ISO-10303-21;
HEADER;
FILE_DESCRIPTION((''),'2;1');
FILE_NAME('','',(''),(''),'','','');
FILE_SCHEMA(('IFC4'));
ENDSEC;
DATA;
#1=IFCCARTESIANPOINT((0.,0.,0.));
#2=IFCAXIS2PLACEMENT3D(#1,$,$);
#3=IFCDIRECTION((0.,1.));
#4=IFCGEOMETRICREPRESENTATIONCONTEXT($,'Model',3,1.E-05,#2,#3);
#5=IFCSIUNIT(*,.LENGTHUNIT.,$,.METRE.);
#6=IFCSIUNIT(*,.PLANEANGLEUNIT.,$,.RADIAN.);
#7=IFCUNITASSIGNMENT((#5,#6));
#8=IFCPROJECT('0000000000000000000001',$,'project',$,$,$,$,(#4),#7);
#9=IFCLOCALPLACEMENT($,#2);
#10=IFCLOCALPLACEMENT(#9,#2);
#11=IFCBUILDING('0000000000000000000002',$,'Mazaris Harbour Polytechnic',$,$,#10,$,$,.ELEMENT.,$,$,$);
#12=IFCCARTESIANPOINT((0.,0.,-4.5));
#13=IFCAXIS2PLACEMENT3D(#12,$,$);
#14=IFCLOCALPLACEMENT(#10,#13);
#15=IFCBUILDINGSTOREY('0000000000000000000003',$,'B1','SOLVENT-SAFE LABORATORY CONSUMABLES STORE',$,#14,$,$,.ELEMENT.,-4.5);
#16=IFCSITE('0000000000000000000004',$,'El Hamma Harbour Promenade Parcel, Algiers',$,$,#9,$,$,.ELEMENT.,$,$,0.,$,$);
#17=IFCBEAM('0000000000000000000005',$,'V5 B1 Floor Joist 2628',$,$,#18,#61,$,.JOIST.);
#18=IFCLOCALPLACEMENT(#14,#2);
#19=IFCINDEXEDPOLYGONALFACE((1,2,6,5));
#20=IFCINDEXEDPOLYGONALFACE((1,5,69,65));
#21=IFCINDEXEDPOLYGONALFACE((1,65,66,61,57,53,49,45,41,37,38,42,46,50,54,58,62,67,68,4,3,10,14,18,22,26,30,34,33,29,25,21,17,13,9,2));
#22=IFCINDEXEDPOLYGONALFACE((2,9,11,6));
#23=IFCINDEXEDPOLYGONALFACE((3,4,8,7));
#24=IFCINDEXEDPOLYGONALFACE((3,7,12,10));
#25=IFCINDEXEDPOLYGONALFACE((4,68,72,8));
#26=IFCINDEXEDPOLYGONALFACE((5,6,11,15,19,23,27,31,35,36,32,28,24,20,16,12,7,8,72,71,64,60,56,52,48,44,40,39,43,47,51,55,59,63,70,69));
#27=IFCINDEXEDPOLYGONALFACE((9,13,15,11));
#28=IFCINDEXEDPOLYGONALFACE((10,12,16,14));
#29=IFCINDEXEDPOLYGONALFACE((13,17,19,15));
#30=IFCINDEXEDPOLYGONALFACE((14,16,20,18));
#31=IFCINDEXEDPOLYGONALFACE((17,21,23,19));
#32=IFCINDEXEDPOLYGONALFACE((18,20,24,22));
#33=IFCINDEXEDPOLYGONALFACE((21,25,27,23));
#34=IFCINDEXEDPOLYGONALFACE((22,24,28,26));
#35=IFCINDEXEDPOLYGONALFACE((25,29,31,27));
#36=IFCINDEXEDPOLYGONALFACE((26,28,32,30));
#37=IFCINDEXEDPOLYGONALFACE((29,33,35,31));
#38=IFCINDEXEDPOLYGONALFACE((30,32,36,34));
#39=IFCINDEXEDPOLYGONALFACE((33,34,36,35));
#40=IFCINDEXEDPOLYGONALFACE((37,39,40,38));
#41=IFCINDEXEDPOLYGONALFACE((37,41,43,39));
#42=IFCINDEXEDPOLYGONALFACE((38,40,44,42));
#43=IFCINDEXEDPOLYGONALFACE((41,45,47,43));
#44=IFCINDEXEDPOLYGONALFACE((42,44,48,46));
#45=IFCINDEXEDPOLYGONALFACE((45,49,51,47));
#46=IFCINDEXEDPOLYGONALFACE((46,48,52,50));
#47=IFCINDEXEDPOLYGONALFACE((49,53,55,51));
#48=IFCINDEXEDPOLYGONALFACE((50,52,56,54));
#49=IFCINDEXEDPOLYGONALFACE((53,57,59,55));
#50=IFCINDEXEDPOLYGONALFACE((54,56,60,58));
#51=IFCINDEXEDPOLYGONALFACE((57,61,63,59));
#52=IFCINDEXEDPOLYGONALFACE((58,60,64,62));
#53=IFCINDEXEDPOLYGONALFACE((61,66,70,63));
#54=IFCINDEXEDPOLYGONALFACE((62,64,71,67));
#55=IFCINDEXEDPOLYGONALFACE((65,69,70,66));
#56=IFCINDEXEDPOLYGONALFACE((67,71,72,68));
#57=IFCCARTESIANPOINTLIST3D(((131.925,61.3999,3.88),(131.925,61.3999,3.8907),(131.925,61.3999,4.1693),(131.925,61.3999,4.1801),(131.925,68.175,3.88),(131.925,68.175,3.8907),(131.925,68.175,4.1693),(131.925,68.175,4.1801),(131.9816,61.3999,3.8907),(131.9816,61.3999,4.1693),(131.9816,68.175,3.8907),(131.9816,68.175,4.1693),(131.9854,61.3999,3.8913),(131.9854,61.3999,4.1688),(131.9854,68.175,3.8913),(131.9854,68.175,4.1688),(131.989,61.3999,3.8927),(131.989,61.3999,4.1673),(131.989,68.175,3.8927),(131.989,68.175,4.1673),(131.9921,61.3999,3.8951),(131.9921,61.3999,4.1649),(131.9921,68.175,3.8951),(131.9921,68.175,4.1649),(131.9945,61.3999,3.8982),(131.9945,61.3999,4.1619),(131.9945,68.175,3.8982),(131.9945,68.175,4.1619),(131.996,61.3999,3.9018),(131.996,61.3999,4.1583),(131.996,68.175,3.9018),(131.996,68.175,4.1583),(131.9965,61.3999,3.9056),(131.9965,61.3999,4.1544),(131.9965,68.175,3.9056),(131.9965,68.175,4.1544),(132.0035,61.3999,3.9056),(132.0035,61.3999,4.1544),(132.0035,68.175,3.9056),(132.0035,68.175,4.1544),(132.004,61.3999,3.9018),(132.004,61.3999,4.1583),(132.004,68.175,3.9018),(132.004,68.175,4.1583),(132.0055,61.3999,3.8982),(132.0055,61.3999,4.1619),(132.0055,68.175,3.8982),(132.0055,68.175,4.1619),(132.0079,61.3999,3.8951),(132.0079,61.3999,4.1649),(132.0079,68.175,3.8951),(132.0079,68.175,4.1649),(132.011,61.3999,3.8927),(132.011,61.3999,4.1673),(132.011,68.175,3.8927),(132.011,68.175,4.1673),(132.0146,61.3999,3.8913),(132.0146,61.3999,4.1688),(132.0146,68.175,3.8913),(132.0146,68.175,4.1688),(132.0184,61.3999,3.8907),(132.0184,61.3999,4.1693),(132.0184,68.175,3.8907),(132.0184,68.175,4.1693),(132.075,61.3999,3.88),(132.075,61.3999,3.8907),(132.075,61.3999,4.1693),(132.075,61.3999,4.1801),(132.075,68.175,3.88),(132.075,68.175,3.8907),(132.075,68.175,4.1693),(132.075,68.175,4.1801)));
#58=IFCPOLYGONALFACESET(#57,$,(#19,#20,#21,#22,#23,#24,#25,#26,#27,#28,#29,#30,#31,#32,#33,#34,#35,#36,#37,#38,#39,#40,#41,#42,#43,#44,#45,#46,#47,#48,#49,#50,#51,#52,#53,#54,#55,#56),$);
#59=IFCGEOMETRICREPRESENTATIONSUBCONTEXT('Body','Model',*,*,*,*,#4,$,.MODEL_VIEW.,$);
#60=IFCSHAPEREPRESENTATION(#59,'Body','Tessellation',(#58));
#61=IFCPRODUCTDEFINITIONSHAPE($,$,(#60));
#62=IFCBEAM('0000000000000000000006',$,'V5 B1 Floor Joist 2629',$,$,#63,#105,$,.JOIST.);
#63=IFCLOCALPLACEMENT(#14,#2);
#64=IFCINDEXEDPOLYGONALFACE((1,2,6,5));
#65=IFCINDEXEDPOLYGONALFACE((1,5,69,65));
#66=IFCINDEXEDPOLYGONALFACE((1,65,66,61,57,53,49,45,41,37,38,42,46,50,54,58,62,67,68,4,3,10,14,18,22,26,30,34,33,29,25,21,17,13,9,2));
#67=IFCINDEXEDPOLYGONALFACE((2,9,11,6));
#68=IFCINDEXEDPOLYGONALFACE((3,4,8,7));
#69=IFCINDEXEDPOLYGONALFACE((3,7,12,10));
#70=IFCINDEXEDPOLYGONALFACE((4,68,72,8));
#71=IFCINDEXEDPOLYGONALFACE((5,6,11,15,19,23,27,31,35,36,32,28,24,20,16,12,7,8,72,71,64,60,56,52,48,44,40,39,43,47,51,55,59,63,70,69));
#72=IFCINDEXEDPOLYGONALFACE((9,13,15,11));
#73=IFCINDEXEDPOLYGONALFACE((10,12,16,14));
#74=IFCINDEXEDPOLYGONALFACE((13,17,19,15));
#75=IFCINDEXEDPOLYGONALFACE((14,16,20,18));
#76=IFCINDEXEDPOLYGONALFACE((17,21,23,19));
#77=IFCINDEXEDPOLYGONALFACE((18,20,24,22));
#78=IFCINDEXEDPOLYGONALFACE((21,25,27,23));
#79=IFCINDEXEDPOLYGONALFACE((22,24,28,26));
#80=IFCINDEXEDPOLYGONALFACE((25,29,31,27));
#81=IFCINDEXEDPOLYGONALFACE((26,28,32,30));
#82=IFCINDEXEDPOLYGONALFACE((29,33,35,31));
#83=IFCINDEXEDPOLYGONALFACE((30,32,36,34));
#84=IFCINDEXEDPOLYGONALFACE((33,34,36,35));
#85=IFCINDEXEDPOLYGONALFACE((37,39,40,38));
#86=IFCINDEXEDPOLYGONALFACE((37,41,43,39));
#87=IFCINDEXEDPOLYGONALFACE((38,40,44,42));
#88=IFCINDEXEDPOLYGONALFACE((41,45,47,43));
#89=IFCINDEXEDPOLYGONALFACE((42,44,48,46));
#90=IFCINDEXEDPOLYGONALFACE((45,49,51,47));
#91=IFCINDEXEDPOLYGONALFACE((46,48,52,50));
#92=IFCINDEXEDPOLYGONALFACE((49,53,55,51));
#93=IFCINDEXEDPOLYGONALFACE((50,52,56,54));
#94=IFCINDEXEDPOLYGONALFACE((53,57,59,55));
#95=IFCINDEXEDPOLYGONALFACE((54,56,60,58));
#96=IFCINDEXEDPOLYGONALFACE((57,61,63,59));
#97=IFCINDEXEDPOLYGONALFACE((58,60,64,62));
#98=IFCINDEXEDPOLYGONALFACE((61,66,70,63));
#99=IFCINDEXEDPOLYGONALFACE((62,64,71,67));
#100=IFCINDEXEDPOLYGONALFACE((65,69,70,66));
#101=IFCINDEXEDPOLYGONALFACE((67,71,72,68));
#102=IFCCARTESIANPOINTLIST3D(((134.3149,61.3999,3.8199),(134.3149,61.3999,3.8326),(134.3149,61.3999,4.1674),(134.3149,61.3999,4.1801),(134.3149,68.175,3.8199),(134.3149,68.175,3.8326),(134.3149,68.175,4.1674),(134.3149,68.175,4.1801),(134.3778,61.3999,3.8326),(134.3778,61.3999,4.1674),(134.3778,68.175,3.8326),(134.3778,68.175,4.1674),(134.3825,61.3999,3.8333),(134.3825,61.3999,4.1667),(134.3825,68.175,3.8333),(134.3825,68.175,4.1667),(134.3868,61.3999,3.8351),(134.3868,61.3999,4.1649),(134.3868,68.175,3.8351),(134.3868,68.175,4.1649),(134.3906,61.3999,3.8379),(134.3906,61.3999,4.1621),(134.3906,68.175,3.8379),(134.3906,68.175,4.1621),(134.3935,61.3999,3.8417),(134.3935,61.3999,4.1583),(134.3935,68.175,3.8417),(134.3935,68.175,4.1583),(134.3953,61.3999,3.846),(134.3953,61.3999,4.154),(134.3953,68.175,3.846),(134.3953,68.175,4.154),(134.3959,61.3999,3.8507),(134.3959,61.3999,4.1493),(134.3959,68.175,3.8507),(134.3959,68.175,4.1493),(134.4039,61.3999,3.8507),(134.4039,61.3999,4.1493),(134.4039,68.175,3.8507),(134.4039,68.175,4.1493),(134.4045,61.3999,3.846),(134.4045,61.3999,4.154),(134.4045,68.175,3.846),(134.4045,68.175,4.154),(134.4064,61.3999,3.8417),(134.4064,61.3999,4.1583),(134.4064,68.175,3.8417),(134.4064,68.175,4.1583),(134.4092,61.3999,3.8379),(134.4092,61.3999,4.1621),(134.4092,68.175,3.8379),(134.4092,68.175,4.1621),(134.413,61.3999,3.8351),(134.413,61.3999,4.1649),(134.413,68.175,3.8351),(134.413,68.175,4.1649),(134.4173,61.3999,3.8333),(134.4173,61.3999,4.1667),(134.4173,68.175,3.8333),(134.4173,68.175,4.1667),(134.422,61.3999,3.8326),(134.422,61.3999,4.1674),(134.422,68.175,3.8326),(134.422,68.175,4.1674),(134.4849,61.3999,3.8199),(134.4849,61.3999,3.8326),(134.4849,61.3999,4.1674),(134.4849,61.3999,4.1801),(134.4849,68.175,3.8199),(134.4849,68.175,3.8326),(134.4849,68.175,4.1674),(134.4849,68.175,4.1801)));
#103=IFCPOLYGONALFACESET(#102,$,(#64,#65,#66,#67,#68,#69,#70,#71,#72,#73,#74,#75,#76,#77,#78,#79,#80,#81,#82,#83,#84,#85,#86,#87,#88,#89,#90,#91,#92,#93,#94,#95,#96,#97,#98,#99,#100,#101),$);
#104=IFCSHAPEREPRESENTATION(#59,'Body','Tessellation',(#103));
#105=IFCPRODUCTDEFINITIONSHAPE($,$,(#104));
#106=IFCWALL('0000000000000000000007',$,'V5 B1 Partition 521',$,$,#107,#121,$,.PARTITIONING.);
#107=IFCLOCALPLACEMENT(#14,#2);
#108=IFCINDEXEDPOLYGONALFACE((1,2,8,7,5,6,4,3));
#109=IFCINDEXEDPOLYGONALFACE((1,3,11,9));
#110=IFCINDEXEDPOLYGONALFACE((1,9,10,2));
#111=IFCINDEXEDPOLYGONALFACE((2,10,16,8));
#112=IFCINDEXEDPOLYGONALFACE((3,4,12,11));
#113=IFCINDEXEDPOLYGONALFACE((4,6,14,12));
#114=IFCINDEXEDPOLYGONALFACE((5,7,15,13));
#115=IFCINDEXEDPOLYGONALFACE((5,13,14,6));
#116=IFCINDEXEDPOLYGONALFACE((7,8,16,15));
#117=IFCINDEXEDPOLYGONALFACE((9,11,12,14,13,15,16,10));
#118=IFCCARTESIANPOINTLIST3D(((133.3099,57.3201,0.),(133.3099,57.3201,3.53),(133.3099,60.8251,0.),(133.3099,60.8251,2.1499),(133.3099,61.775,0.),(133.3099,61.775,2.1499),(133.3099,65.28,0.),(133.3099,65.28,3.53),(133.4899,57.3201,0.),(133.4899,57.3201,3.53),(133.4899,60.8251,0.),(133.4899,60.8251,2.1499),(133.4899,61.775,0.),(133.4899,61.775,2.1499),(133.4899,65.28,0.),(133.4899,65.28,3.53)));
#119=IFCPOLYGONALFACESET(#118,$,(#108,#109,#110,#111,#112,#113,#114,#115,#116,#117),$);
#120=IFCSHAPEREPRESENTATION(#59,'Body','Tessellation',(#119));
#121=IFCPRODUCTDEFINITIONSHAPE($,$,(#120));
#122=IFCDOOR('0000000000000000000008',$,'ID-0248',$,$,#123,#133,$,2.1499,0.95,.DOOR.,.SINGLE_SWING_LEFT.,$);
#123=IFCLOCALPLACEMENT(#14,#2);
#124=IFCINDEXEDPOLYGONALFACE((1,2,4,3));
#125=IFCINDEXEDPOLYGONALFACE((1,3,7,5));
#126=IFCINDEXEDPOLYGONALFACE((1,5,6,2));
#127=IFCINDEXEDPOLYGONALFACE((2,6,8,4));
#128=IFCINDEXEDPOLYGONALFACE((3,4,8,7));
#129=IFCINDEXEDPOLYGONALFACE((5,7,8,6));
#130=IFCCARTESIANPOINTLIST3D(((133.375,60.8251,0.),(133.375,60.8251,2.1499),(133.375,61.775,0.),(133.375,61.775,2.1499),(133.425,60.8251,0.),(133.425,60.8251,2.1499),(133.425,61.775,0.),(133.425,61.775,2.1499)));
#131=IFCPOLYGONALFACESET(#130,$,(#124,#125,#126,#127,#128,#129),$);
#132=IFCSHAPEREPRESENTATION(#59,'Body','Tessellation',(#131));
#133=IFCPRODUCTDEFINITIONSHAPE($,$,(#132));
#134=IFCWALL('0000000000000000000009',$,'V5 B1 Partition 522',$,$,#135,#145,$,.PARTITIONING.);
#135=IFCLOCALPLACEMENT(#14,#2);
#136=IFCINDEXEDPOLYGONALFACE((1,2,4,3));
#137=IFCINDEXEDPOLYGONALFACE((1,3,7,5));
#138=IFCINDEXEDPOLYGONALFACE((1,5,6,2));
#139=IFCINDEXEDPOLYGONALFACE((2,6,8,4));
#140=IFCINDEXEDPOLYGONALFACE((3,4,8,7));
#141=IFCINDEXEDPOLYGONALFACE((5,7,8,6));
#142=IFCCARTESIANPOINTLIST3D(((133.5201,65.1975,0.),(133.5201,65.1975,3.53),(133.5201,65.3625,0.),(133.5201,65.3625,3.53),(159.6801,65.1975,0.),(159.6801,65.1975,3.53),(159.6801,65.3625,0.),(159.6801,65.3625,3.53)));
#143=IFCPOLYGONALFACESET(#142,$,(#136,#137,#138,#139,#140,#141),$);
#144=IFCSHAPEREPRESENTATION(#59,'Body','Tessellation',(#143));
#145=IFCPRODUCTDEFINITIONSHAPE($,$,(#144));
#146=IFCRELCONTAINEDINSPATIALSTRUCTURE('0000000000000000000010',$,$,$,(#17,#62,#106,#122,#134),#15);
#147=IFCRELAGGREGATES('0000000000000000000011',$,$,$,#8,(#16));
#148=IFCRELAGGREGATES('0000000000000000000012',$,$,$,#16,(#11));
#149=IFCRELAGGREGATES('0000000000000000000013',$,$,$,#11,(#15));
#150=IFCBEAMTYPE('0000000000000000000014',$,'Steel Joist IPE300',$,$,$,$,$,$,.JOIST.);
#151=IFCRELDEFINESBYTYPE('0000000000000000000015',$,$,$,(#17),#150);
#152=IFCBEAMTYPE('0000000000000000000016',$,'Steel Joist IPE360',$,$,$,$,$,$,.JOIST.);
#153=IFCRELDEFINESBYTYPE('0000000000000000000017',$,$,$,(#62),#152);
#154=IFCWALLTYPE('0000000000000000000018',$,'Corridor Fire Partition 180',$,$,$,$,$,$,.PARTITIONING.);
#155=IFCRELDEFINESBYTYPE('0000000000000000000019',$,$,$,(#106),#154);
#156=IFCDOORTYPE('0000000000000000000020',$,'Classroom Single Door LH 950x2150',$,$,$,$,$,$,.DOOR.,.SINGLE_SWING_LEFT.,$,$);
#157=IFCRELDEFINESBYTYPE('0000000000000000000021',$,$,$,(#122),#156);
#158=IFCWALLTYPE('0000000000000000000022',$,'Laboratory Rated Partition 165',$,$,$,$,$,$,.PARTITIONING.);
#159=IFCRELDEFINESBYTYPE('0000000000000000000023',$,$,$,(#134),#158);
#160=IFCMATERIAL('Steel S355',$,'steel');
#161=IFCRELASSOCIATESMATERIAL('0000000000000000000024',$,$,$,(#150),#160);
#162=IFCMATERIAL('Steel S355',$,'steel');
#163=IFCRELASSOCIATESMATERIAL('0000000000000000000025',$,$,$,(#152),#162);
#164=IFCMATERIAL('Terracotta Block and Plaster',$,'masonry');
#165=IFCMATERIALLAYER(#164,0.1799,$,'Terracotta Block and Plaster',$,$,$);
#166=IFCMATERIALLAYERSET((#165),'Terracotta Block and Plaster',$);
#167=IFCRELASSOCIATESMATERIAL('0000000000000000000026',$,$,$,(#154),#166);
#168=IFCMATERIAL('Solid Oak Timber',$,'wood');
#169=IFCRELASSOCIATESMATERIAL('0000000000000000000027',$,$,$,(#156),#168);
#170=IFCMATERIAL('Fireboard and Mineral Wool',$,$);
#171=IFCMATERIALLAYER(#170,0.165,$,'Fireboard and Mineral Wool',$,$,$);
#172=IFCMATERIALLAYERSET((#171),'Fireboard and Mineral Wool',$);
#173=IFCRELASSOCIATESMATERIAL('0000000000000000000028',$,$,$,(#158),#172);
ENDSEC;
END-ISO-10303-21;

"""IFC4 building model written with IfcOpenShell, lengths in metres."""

from ifc_helpers import new_model, si_unit, direction, frame, frame_2d, origin, origin_2d, place, context, subcontext, project, spatial, rectangle, i_section, extrude, material, layer, layer_set, material_profile, profile_set, type_object, element, fill, save


model = new_model("IFC4")

# Units and contexts
model_context = context("Model", 3, precision=1e-05, world=origin(), true_north=direction((0.0, 1.0)))
body_context = subcontext(model_context, "Body", "Model", "MODEL_VIEW")
ifc_project = project(units=[si_unit("LENGTHUNIT", "METRE"), si_unit("PLANEANGLEUNIT", "RADIAN")], contexts=[model_context])

# Site, building, storey
site_placement = place(None, origin())
site = spatial("IfcSite", under=ifc_project, at=site_placement, Name="El Hamma Harbour Promenade Parcel, Algiers", CompositionType="ELEMENT", RefElevation=0.0)
building_placement = place(site_placement, origin())
building = spatial("IfcBuilding", under=site, at=building_placement, Name="Mazaris Harbour Polytechnic", CompositionType="ELEMENT")
storey_placement = place(building_placement, frame((0.0, 0.0, -4.5)))
storey = spatial("IfcBuildingStorey", under=building, at=storey_placement, Name="B1", Description="SOLVENT-SAFE LABORATORY CONSUMABLES STORE", CompositionType="ELEMENT", Elevation=-4.5)

# Beams
ifc_material_1 = material(Name="Steel S355", Category="steel")
ifc_material_profile_1 = material_profile(ifc_material_1, i_section(OverallWidth=0.1499, OverallDepth=0.3, WebThickness=0.0071, FlangeThickness=0.0107, FilletRadius=0.0149, at=origin_2d()), Name="IPE 300")
ifc_profile_set_1 = profile_set([ifc_material_profile_1], Name="Steel S355")
beam_type_1 = type_object("IfcBeamType", Name="Steel Joist IPE300", PredefinedType="JOIST", material=ifc_profile_set_1)
beam_1_placement = place(storey_placement, frame((132.0, 61.3999, 4.03), z_axis=(0.0, 1.0, 0.0), x_axis=(-1.0, 0.0, 0.0)))
element("IfcBeam", 1, at=beam_1_placement, inside=storey, type_object=beam_type_1, Name="V5 B1 Floor Joist 2628", PredefinedType="JOIST", context=body_context, shape_type="SweptSolid", body=[
    extrude(i_section(OverallWidth=0.1499, OverallDepth=0.3, WebThickness=0.0071, FlangeThickness=0.0107, FilletRadius=0.0149, at=origin_2d()), origin(), (0.0, 0.0, 1.0), 6.7751),
])
ifc_material_2 = material(Name="Steel S355", Category="steel")
ifc_material_profile_2 = material_profile(ifc_material_2, i_section(OverallWidth=0.1699, OverallDepth=0.3601, WebThickness=0.0081, FlangeThickness=0.0127, FilletRadius=0.0181, at=origin_2d()), Name="IPE 360")
ifc_profile_set_2 = profile_set([ifc_material_profile_2], Name="Steel S355")
beam_type_2 = type_object("IfcBeamType", Name="Steel Joist IPE360", PredefinedType="JOIST", material=ifc_profile_set_2)
beam_2_placement = place(storey_placement, frame((134.3999, 61.3999, 4.0), z_axis=(0.0, 1.0, 0.0), x_axis=(-1.0, 0.0, 0.0)))
element("IfcBeam", 2, at=beam_2_placement, inside=storey, type_object=beam_type_2, Name="V5 B1 Floor Joist 2629", PredefinedType="JOIST", context=body_context, shape_type="SweptSolid", body=[
    extrude(i_section(OverallWidth=0.1699, OverallDepth=0.3601, WebThickness=0.0081, FlangeThickness=0.0127, FilletRadius=0.0181, at=origin_2d()), origin(), (0.0, 0.0, 1.0), 6.7751),
])

# Wall, opening, door
ifc_material_3 = material(Name="Terracotta Block and Plaster", Category="masonry")
ifc_layer_1 = layer(ifc_material_3, 0.1799, Name="Terracotta Block and Plaster")
ifc_layer_set_1 = layer_set([ifc_layer_1], Name="Terracotta Block and Plaster")
wall_type_1 = type_object("IfcWallType", Name="Corridor Fire Partition 180", PredefinedType="PARTITIONING", material=ifc_layer_set_1)
wall_1_placement = place(storey_placement, frame((133.3999, 57.3201, 0.0), z_axis=(0.0, 0.0, 1.0), x_axis=(0.0, 1.0, 0.0)))
wall_1 = element("IfcWall", 3, at=wall_1_placement, inside=storey, type_object=wall_type_1, Name="V5 B1 Partition 521", PredefinedType="PARTITIONING", context=body_context, shape_type="SweptSolid", body=[
    extrude(rectangle(XDim=7.96, YDim=0.1799, at=frame_2d((3.98, 0.0))), origin(), (0.0, 0.0, 1.0), 3.53),
])
opening_1_placement = place(wall_1_placement, frame((3.5049, 0.0, 0.0)))
opening_1 = element("IfcOpeningElement", 4, at=opening_1_placement, cuts=wall_1, PredefinedType="OPENING", context=body_context, shape_type="SweptSolid", body=[
    extrude(rectangle(XDim=0.95, YDim=2.1499, at=frame_2d((0.4751, 1.075))), frame((0.0, 0.0999, 0.0), z_axis=(0.0, -1.0, 0.0), x_axis=(1.0, 0.0, 0.0)), (0.0, 0.0, 1.0), 0.2),
])
ifc_material_4 = material(Name="Solid Oak Timber", Category="wood")
door_type_1 = type_object("IfcDoorType", Name="Classroom Single Door LH 950x2150", OperationType="SINGLE_SWING_LEFT", PredefinedType="DOOR", material=ifc_material_4)
door_1_placement = place(opening_1_placement, origin())
door_1 = element("IfcDoor", 5, at=door_1_placement, inside=storey, type_object=door_type_1, Name="ID-0248", OperationType="SINGLE_SWING_LEFT", OverallHeight=2.1499, OverallWidth=0.95, PredefinedType="DOOR", context=body_context, shape_type="SweptSolid", body=[
    extrude(rectangle(XDim=0.95, YDim=2.1499, at=frame_2d((0.4751, 1.075))), frame((0.0, 0.0249, 0.0), z_axis=(0.0, -1.0, 0.0), x_axis=(1.0, 0.0, 0.0)), (0.0, 0.0, 1.0), 0.05),
])
fill(opening_1, door_1)

# Wall
ifc_material_5 = material(Name="Fireboard and Mineral Wool")
ifc_layer_2 = layer(ifc_material_5, 0.165, Name="Fireboard and Mineral Wool")
ifc_layer_set_2 = layer_set([ifc_layer_2], Name="Fireboard and Mineral Wool")
wall_type_2 = type_object("IfcWallType", Name="Laboratory Rated Partition 165", PredefinedType="PARTITIONING", material=ifc_layer_set_2)
wall_2_placement = place(storey_placement, frame((133.52, 65.28, 0.0), z_axis=(0.0, 0.0, 1.0), x_axis=(1.0, 0.0, 0.0)))
element("IfcWall", 6, at=wall_2_placement, inside=storey, type_object=wall_type_2, Name="V5 B1 Partition 522", PredefinedType="PARTITIONING", context=body_context, shape_type="SweptSolid", body=[
    extrude(rectangle(XDim=26.1599, YDim=0.165, at=frame_2d((13.0801, 0.0))), origin(), (0.0, 0.0, 1.0), 3.53),
])

save(model, "model.ifc")
